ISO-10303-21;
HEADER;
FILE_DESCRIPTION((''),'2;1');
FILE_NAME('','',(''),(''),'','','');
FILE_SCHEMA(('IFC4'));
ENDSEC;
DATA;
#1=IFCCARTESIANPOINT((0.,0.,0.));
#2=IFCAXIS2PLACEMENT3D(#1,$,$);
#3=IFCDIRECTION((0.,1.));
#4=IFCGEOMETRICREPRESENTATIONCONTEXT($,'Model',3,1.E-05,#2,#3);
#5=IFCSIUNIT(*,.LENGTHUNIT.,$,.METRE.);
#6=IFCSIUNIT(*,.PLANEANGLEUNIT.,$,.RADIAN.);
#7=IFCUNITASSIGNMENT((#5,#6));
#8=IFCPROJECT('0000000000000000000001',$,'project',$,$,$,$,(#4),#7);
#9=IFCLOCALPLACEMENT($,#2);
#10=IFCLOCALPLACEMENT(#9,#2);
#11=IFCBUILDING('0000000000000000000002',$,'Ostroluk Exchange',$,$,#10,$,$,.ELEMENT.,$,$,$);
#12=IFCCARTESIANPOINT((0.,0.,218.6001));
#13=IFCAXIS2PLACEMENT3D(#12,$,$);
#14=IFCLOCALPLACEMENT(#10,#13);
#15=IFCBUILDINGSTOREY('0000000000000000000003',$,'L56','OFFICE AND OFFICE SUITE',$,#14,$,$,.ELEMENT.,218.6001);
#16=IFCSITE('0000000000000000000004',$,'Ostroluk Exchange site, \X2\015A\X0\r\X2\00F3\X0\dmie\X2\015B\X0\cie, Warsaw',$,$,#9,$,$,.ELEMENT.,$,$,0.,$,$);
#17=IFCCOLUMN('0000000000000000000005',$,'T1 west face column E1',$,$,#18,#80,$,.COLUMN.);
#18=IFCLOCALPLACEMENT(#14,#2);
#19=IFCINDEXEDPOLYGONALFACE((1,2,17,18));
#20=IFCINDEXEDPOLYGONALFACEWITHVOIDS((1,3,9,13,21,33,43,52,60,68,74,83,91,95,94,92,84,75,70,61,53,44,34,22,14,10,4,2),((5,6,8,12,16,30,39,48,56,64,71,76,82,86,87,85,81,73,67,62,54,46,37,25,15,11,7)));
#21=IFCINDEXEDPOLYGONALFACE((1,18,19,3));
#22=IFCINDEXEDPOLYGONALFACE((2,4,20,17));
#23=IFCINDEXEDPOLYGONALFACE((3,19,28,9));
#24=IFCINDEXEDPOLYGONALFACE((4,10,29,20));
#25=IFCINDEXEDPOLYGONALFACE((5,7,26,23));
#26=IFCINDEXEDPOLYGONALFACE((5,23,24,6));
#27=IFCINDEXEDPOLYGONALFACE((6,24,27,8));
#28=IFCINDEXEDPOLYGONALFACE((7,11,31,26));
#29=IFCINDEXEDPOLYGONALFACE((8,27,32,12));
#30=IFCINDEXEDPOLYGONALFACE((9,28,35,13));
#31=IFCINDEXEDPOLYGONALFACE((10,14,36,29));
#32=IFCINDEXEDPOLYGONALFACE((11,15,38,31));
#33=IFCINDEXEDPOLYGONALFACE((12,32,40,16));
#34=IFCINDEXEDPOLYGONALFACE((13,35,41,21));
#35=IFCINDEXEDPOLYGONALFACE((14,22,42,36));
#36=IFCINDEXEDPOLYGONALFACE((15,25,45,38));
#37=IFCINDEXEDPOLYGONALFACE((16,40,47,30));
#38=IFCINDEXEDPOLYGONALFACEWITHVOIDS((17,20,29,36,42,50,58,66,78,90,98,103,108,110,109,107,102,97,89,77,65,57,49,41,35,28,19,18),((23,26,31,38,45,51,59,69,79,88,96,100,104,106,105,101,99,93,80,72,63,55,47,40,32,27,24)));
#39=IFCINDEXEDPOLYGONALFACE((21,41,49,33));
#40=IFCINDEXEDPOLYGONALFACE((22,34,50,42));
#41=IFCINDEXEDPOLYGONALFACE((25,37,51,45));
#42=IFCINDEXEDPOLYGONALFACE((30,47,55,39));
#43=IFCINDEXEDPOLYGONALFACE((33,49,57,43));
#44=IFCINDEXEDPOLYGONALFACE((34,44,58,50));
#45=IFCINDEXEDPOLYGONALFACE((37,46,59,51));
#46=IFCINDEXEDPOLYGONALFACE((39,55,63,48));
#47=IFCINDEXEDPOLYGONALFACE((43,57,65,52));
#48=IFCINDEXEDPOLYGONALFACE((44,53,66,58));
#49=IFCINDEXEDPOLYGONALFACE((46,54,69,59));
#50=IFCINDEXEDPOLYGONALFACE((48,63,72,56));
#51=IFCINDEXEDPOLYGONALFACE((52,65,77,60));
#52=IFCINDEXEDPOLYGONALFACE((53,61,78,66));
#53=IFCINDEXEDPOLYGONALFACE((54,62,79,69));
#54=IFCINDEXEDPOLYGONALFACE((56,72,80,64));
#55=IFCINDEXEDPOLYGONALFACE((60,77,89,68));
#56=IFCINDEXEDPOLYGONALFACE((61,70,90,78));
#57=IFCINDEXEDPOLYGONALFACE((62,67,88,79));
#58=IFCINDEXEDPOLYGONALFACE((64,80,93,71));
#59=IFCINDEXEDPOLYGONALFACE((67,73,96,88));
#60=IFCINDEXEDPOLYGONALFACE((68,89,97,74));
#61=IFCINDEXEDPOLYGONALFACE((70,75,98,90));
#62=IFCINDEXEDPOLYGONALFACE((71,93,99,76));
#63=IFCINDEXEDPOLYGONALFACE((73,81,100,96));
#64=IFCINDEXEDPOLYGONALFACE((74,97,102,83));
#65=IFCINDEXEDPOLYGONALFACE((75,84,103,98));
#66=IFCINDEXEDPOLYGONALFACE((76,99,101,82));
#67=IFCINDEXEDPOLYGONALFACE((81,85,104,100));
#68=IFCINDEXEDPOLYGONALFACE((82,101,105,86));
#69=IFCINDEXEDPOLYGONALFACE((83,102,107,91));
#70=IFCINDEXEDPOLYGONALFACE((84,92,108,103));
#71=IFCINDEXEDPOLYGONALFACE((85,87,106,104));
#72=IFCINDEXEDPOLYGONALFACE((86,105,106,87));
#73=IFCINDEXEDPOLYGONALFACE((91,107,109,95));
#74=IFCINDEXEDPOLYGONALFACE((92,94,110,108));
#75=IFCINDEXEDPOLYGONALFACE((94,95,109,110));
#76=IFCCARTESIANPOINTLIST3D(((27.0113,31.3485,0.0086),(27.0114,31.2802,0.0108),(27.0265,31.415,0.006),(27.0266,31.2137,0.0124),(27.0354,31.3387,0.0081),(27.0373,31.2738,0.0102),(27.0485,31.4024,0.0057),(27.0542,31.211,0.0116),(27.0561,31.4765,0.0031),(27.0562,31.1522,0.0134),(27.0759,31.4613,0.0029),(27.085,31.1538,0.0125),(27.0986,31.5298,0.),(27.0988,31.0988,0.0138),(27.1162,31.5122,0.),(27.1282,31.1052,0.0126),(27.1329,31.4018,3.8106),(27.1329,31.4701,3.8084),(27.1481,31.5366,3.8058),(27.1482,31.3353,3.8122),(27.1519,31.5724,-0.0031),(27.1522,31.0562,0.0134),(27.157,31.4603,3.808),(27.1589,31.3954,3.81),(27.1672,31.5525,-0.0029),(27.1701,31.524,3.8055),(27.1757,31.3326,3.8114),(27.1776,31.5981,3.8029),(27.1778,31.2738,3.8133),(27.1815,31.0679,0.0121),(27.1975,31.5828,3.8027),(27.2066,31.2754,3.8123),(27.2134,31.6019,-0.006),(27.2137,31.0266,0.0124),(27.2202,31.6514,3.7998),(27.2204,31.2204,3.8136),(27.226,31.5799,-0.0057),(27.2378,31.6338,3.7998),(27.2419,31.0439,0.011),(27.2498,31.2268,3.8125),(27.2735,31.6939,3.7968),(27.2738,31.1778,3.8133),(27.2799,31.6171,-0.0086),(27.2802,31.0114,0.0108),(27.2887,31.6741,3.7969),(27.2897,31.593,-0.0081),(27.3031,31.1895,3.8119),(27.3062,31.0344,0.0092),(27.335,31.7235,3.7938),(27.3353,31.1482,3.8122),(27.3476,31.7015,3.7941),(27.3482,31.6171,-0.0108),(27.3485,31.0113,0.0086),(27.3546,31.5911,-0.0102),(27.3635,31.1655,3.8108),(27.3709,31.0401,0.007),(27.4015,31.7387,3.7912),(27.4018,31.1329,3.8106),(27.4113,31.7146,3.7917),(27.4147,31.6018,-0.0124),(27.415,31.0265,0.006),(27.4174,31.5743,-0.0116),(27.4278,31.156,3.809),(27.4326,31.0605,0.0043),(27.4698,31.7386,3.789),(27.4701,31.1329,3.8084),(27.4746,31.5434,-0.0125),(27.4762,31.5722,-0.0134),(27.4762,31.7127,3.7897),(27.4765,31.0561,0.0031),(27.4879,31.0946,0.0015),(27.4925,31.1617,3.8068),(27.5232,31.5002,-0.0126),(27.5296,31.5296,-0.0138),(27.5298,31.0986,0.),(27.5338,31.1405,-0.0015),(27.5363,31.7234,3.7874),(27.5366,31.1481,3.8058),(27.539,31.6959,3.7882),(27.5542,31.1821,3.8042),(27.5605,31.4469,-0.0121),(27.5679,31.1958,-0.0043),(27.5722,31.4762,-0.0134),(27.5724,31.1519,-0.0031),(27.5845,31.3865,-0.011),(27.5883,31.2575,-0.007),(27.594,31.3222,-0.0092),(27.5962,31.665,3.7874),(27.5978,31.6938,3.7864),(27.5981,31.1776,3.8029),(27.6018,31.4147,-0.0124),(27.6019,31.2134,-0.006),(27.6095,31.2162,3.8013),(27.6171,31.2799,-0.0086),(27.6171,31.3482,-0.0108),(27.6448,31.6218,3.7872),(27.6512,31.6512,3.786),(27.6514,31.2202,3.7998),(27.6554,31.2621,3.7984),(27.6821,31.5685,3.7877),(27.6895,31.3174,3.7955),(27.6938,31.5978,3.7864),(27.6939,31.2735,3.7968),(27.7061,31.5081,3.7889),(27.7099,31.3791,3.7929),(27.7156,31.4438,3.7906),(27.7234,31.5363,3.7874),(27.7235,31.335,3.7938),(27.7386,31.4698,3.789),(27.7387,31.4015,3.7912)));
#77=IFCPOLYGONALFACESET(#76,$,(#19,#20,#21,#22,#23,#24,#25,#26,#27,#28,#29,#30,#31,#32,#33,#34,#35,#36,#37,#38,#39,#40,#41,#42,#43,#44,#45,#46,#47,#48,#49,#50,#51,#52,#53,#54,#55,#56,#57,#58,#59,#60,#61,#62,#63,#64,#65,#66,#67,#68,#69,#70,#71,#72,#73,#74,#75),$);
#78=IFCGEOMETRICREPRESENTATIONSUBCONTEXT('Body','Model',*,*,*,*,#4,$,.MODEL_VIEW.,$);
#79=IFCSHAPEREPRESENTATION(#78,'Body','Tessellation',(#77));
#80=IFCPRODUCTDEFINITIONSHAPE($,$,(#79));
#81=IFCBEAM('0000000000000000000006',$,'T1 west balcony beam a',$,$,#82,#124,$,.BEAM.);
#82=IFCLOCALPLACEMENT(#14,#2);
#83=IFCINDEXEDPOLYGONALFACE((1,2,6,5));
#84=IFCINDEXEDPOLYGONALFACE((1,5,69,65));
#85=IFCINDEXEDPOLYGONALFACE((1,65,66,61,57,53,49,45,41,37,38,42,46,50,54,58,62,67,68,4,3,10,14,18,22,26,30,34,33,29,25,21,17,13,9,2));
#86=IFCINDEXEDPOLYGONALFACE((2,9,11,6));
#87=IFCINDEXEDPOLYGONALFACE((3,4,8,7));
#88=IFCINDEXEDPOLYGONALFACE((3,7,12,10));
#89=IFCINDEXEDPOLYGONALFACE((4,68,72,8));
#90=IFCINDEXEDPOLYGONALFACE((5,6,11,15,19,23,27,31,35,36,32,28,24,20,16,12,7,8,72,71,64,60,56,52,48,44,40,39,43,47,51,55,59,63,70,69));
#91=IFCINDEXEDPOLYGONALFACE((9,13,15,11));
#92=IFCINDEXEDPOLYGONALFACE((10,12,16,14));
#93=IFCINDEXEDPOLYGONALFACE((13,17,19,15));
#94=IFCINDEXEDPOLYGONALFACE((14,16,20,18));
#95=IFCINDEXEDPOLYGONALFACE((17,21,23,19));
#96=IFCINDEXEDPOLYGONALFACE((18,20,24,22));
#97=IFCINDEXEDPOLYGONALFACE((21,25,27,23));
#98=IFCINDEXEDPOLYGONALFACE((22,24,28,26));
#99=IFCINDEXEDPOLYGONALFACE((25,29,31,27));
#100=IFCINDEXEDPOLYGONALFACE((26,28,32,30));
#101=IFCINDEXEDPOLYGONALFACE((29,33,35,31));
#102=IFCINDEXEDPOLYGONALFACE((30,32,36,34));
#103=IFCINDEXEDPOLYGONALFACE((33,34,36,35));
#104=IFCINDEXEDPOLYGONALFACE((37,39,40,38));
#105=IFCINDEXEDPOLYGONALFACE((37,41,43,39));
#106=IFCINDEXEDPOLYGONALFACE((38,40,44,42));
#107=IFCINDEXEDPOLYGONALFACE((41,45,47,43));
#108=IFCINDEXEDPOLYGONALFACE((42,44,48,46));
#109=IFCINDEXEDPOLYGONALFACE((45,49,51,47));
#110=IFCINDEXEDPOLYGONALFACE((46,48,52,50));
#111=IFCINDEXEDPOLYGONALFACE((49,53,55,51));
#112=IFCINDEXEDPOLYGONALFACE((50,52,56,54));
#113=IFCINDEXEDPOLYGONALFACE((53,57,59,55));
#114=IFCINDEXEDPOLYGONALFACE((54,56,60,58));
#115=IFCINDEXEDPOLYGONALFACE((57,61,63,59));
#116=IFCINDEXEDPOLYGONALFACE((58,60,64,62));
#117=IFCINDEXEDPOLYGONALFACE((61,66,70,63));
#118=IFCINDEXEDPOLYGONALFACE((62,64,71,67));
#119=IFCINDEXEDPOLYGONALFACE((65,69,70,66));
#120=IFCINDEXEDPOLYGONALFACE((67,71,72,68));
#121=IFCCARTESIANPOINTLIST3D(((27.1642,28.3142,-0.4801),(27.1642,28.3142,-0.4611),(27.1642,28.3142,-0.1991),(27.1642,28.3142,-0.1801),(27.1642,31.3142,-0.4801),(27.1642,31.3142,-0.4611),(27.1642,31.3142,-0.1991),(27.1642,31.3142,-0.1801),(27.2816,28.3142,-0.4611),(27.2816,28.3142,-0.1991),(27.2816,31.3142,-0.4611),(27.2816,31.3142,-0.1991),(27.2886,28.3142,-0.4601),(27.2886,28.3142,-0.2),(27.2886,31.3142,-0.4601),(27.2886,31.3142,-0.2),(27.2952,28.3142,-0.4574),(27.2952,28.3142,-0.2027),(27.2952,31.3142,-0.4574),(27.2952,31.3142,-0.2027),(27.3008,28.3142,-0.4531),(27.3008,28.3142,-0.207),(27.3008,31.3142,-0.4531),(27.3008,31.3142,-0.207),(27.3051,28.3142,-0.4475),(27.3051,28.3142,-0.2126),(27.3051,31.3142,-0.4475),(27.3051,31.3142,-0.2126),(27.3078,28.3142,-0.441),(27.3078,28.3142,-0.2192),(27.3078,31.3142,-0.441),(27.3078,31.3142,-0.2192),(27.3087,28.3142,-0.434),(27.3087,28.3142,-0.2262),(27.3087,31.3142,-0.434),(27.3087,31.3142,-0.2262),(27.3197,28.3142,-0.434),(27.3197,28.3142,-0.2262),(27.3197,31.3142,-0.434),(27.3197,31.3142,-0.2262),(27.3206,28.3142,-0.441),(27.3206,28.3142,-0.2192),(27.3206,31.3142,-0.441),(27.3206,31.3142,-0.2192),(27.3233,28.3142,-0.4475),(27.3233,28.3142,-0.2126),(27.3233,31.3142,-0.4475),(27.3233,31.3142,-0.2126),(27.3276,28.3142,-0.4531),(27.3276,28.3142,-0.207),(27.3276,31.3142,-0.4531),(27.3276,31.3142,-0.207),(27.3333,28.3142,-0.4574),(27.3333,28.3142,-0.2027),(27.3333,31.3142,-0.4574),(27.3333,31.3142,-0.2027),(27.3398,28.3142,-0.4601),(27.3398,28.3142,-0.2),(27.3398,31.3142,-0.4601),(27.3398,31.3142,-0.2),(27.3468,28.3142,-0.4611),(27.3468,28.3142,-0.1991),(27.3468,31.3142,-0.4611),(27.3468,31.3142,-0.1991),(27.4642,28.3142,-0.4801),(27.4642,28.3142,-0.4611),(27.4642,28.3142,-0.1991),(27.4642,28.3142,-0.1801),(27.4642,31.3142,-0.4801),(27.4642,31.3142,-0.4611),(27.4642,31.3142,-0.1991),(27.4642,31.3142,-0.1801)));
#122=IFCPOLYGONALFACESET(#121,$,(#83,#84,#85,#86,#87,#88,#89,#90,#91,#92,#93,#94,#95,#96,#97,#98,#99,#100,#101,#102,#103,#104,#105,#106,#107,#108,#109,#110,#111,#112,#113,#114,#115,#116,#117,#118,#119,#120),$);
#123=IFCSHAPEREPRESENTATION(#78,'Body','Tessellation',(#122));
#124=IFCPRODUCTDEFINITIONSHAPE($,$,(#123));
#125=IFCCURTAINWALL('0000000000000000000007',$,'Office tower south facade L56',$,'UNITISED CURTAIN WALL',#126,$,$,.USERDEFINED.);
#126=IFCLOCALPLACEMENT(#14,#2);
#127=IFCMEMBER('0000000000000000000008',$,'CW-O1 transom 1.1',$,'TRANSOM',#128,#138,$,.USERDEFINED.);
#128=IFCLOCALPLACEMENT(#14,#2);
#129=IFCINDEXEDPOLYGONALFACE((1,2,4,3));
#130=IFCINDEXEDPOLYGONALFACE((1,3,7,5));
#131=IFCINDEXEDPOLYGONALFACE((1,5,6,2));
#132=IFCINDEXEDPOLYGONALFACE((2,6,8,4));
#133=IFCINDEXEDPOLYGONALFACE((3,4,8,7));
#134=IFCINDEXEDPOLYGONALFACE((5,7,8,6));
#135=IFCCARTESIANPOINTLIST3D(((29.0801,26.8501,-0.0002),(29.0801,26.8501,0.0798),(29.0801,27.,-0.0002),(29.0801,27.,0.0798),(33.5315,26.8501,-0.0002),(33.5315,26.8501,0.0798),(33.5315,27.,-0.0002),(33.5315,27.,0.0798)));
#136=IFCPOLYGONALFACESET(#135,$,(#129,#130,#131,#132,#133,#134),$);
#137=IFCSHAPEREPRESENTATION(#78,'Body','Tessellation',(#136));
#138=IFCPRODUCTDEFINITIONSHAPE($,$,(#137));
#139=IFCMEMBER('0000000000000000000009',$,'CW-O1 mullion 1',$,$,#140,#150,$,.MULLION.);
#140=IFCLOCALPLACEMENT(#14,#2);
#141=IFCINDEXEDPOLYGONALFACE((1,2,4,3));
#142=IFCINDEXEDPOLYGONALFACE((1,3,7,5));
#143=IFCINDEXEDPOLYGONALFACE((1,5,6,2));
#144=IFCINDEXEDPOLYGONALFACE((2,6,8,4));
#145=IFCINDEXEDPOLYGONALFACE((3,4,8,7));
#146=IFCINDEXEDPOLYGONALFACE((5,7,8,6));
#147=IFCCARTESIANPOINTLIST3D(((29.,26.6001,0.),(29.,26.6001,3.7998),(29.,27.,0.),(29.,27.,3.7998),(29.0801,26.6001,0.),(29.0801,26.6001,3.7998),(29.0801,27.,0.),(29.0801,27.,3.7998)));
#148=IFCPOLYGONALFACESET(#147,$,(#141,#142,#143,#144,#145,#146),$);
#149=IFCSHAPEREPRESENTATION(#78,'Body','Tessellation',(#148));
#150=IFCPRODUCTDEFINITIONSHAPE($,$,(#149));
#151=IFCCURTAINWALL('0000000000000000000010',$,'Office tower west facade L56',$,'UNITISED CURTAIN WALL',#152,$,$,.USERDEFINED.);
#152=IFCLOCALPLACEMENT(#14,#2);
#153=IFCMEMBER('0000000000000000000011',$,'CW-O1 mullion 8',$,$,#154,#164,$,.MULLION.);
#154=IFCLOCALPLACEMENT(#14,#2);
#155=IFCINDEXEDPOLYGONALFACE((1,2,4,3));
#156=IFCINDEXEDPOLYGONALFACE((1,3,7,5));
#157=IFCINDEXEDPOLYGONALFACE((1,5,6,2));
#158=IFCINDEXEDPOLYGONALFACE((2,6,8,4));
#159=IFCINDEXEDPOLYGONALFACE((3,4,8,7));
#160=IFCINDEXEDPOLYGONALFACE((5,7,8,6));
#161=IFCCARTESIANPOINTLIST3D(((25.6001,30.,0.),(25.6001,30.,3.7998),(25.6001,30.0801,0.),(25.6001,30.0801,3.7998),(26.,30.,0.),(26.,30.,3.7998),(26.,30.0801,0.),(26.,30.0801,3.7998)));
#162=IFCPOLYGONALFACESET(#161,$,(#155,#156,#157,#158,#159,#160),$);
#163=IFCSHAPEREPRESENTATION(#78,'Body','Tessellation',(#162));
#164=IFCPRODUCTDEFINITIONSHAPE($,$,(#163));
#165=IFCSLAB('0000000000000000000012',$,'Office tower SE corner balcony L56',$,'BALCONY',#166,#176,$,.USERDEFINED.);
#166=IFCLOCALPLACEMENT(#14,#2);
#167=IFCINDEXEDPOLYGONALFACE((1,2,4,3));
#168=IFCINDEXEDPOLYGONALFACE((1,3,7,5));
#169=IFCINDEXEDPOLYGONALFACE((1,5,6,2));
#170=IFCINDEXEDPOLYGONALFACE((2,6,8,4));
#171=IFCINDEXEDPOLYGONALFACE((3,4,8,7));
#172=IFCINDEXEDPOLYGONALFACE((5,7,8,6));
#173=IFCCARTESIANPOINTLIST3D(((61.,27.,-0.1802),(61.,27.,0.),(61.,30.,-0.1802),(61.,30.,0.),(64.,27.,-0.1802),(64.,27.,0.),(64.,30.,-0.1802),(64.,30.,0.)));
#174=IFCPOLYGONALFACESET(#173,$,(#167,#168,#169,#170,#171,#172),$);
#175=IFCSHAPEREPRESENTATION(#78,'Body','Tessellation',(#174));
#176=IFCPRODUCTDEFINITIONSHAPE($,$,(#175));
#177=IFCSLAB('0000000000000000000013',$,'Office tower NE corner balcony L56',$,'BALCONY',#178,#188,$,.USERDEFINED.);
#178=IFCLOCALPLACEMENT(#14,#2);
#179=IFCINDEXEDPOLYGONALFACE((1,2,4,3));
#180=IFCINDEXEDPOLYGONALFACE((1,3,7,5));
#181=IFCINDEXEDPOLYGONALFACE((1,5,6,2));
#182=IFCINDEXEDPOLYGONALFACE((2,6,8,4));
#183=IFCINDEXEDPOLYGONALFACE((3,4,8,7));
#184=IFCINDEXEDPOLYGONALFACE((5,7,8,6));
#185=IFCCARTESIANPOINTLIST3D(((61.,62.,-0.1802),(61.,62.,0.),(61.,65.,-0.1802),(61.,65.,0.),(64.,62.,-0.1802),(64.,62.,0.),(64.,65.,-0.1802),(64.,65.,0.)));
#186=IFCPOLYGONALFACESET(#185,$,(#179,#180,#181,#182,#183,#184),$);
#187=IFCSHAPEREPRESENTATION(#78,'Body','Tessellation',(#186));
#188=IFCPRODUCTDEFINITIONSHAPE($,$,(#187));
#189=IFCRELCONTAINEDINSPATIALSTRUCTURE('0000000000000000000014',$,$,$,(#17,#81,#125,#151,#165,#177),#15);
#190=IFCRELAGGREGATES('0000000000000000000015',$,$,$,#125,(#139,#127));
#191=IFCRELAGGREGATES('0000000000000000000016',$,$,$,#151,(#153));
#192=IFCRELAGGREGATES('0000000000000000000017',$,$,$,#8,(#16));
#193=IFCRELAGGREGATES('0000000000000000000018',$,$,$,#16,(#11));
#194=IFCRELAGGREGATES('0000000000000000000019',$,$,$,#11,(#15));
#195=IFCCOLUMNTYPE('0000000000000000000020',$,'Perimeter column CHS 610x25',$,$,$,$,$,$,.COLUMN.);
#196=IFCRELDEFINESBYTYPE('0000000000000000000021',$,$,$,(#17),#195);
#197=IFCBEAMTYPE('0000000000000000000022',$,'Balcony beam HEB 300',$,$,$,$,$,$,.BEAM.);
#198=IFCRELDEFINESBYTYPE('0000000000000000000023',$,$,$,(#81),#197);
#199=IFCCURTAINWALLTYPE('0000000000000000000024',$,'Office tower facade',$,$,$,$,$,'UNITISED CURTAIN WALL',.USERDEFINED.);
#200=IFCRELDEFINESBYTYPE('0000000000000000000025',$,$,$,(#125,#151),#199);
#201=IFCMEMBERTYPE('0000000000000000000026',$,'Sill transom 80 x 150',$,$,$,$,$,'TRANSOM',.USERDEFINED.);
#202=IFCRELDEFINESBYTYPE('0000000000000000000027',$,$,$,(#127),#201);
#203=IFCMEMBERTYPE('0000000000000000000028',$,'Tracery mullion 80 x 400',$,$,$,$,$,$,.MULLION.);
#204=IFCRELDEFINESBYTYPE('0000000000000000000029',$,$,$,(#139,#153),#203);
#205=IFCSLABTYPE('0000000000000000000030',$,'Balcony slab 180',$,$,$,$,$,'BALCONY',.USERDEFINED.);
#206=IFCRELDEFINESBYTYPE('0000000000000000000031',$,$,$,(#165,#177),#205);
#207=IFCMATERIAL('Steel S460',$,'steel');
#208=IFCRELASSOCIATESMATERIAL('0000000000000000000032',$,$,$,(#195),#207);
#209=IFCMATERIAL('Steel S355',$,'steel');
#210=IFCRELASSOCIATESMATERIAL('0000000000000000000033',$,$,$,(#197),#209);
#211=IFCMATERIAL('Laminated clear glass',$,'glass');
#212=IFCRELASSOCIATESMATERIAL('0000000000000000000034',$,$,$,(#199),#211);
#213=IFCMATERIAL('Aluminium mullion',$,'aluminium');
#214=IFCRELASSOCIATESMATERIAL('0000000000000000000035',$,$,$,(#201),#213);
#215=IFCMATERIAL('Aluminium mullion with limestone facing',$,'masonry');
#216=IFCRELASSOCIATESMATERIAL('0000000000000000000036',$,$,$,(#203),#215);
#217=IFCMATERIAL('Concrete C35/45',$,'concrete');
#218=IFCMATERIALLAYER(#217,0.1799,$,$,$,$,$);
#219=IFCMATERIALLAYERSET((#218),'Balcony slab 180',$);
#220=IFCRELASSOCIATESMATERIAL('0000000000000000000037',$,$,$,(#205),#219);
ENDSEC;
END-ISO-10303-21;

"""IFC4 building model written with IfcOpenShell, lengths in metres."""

from ifc_helpers import new_model, si_unit, direction, frame, origin, origin_2d, place, context, subcontext, project, spatial, polyline, rectangle, hollow_circle, i_section, outline, extrude, material, layer, layer_set, material_profile, profile_set, type_object, element, aggregate, save


model = new_model("IFC4")

# Units and contexts
model_context = context("Model", 3, precision=1e-05, world=origin(), true_north=direction((0.0, 1.0)))
body_context = subcontext(model_context, "Body", "Model", "MODEL_VIEW")
ifc_project = project(units=[si_unit("LENGTHUNIT", "METRE"), si_unit("PLANEANGLEUNIT", "RADIAN")], contexts=[model_context])

# Site, building, storey
site_placement = place(None, origin())
site = spatial("IfcSite", under=ifc_project, at=site_placement, Name="Ostroluk Exchange site, Śródmieście, Warsaw", CompositionType="ELEMENT", RefElevation=0.0)
building_placement = place(site_placement, origin())
building = spatial("IfcBuilding", under=site, at=building_placement, Name="Ostroluk Exchange", CompositionType="ELEMENT")
storey_placement = place(building_placement, frame((0.0, 0.0, 218.6001)))
storey = spatial("IfcBuildingStorey", under=building, at=storey_placement, Name="L56", Description="OFFICE AND OFFICE SUITE", CompositionType="ELEMENT", Elevation=218.6001)

# Column
ifc_material_1 = material(Name="Steel S460", Category="steel")
ifc_material_profile_1 = material_profile(ifc_material_1, hollow_circle(Radius=0.3049, WallThickness=0.0249, at=origin_2d()), Name="CHS 610x25")
ifc_profile_set_1 = profile_set([ifc_material_profile_1], Name="Steel S460")
column_type = type_object("IfcColumnType", Name="Perimeter column CHS 610x25", PredefinedType="COLUMN", material=ifc_profile_set_1)
column_placement = place(storey_placement, frame((27.3142, 31.3142, 0.0), z_axis=(0.031964, 0.031964, 0.998978), x_axis=(-0.707107, 0.707107, 0.0)))
element("IfcColumn", 1, at=column_placement, inside=storey, type_object=column_type, Name="T1 west face column E1", PredefinedType="COLUMN", context=body_context, shape_type="SweptSolid", body=[
    extrude(hollow_circle(Radius=0.3049, WallThickness=0.0249, at=origin_2d()), origin(), (0.0, 0.0, 1.0), 3.8037),
])

# Beam
ifc_material_2 = material(Name="Steel S355", Category="steel")
ifc_material_profile_2 = material_profile(ifc_material_2, i_section(OverallWidth=0.3, OverallDepth=0.3, WebThickness=0.011, FlangeThickness=0.019, FilletRadius=0.0271, at=origin_2d()), Name="HEB 300")
ifc_profile_set_2 = profile_set([ifc_material_profile_2], Name="Steel S355")
beam_type = type_object("IfcBeamType", Name="Balcony beam HEB 300", PredefinedType="BEAM", material=ifc_profile_set_2)
beam_placement = place(storey_placement, frame((27.3142, 31.3142, -0.3301), z_axis=(0.0, -1.0, 0.0), x_axis=(1.0, 0.0, 0.0)))
element("IfcBeam", 2, at=beam_placement, inside=storey, type_object=beam_type, Name="T1 west balcony beam a", PredefinedType="BEAM", context=body_context, shape_type="SweptSolid", body=[
    extrude(i_section(OverallWidth=0.3, OverallDepth=0.3, WebThickness=0.011, FlangeThickness=0.019, FilletRadius=0.0271, at=origin_2d()), origin(), (0.0, 0.0, 1.0), 3.0),
])

# Curtain wall, members
ifc_material_3 = material(Name="Laminated clear glass", Category="glass")
curtain_wall_type = type_object("IfcCurtainWallType", Name="Office tower facade", ElementType="UNITISED CURTAIN WALL", PredefinedType="USERDEFINED", material=ifc_material_3)
curtain_wall_1_placement = place(storey_placement, origin())
curtain_wall_1 = element("IfcCurtainWall", 3, at=curtain_wall_1_placement, inside=storey, type_object=curtain_wall_type, Name="Office tower south facade L56", ObjectType="UNITISED CURTAIN WALL", PredefinedType="USERDEFINED")
ifc_material_4 = material(Name="Aluminium mullion", Category="aluminium")
ifc_material_profile_3 = material_profile(ifc_material_4, rectangle(XDim=0.1499, YDim=0.0801, at=origin_2d()), Name="Sill transom 80 x 150")
ifc_profile_set_3 = profile_set([ifc_material_profile_3], Name="Aluminium mullion")
member_type_1 = type_object("IfcMemberType", Name="Sill transom 80 x 150", ElementType="TRANSOM", PredefinedType="USERDEFINED", material=ifc_profile_set_3)
member_1_placement = place(storey_placement, frame((29.0801, 26.925, 0.0398), z_axis=(1.0, 0.0, 0.0), x_axis=(0.0, 1.0, 0.0)))
member_1 = element("IfcMember", 4, at=member_1_placement, type_object=member_type_1, Name="CW-O1 transom 1.1", ObjectType="TRANSOM", PredefinedType="USERDEFINED", context=body_context, shape_type="SweptSolid", body=[
    extrude(rectangle(XDim=0.1499, YDim=0.0801, at=origin_2d()), origin(), (0.0, 0.0, 1.0), 4.4514),
])
ifc_material_5 = material(Name="Aluminium mullion with limestone facing", Category="masonry")
ifc_material_profile_4 = material_profile(ifc_material_5, rectangle(XDim=0.3999, YDim=0.0801, at=origin_2d()), Name="Tracery mullion 80 x 400")
ifc_profile_set_4 = profile_set([ifc_material_profile_4], Name="Aluminium mullion with limestone facing")
member_type_2 = type_object("IfcMemberType", Name="Tracery mullion 80 x 400", PredefinedType="MULLION", material=ifc_profile_set_4)
member_2_placement = place(storey_placement, frame((29.04, 26.8, 0.0), z_axis=(0.0, 0.0, 1.0), x_axis=(0.0, 1.0, 0.0)))
member_2 = element("IfcMember", 5, at=member_2_placement, type_object=member_type_2, Name="CW-O1 mullion 1", PredefinedType="MULLION", context=body_context, shape_type="SweptSolid", body=[
    extrude(rectangle(XDim=0.3999, YDim=0.0801, at=origin_2d()), origin(), (0.0, 0.0, 1.0), 3.7998),
])
aggregate(curtain_wall_1, [member_2, member_1])

# Curtain wall, member
curtain_wall_2_placement = place(storey_placement, origin())
curtain_wall_2 = element("IfcCurtainWall", 6, at=curtain_wall_2_placement, inside=storey, type_object=curtain_wall_type, Name="Office tower west facade L56", ObjectType="UNITISED CURTAIN WALL", PredefinedType="USERDEFINED")
member_3_placement = place(storey_placement, frame((25.8, 30.04, 0.0), z_axis=(0.0, 0.0, 1.0), x_axis=(1.0, 0.0, 0.0)))
member_3 = element("IfcMember", 7, at=member_3_placement, type_object=member_type_2, Name="CW-O1 mullion 8", PredefinedType="MULLION", context=body_context, shape_type="SweptSolid", body=[
    extrude(rectangle(XDim=0.3999, YDim=0.0801, at=origin_2d()), origin(), (0.0, 0.0, 1.0), 3.7998),
])

# Slabs
ifc_material_6 = material(Name="Concrete C35/45", Category="concrete")
ifc_layer_1 = layer(ifc_material_6, 0.1799)
ifc_layer_set_1 = layer_set([ifc_layer_1], Name="Balcony slab 180")
slab_type_1 = type_object("IfcSlabType", Name="Balcony slab 180", ElementType="BALCONY", PredefinedType="USERDEFINED", material=ifc_layer_set_1)
slab_1_placement = place(storey_placement, frame((0.0, 0.0, -0.1802)))
element("IfcSlab", 8, at=slab_1_placement, inside=storey, type_object=slab_type_1, Name="Office tower SE corner balcony L56", ObjectType="BALCONY", PredefinedType="USERDEFINED", context=body_context, shape_type="SweptSolid", body=[
    extrude(outline(polyline([(61.0, 27.0), (64.0, 27.0), (64.0, 30.0), (61.0, 30.0), (61.0, 27.0)])), origin(), (0.0, 0.0, 1.0), 0.1802),
])
slab_2_placement = place(storey_placement, frame((0.0, 0.0, -0.1802)))
element("IfcSlab", 9, at=slab_2_placement, inside=storey, type_object=slab_type_1, Name="Office tower NE corner balcony L56", ObjectType="BALCONY", PredefinedType="USERDEFINED", context=body_context, shape_type="SweptSolid", body=[
    extrude(outline(polyline([(61.0, 62.0), (64.0, 62.0), (64.0, 65.0), (61.0, 65.0), (61.0, 62.0)])), origin(), (0.0, 0.0, 1.0), 0.1802),
])

aggregate(curtain_wall_2, [member_3])

save(model, "model.ifc")
